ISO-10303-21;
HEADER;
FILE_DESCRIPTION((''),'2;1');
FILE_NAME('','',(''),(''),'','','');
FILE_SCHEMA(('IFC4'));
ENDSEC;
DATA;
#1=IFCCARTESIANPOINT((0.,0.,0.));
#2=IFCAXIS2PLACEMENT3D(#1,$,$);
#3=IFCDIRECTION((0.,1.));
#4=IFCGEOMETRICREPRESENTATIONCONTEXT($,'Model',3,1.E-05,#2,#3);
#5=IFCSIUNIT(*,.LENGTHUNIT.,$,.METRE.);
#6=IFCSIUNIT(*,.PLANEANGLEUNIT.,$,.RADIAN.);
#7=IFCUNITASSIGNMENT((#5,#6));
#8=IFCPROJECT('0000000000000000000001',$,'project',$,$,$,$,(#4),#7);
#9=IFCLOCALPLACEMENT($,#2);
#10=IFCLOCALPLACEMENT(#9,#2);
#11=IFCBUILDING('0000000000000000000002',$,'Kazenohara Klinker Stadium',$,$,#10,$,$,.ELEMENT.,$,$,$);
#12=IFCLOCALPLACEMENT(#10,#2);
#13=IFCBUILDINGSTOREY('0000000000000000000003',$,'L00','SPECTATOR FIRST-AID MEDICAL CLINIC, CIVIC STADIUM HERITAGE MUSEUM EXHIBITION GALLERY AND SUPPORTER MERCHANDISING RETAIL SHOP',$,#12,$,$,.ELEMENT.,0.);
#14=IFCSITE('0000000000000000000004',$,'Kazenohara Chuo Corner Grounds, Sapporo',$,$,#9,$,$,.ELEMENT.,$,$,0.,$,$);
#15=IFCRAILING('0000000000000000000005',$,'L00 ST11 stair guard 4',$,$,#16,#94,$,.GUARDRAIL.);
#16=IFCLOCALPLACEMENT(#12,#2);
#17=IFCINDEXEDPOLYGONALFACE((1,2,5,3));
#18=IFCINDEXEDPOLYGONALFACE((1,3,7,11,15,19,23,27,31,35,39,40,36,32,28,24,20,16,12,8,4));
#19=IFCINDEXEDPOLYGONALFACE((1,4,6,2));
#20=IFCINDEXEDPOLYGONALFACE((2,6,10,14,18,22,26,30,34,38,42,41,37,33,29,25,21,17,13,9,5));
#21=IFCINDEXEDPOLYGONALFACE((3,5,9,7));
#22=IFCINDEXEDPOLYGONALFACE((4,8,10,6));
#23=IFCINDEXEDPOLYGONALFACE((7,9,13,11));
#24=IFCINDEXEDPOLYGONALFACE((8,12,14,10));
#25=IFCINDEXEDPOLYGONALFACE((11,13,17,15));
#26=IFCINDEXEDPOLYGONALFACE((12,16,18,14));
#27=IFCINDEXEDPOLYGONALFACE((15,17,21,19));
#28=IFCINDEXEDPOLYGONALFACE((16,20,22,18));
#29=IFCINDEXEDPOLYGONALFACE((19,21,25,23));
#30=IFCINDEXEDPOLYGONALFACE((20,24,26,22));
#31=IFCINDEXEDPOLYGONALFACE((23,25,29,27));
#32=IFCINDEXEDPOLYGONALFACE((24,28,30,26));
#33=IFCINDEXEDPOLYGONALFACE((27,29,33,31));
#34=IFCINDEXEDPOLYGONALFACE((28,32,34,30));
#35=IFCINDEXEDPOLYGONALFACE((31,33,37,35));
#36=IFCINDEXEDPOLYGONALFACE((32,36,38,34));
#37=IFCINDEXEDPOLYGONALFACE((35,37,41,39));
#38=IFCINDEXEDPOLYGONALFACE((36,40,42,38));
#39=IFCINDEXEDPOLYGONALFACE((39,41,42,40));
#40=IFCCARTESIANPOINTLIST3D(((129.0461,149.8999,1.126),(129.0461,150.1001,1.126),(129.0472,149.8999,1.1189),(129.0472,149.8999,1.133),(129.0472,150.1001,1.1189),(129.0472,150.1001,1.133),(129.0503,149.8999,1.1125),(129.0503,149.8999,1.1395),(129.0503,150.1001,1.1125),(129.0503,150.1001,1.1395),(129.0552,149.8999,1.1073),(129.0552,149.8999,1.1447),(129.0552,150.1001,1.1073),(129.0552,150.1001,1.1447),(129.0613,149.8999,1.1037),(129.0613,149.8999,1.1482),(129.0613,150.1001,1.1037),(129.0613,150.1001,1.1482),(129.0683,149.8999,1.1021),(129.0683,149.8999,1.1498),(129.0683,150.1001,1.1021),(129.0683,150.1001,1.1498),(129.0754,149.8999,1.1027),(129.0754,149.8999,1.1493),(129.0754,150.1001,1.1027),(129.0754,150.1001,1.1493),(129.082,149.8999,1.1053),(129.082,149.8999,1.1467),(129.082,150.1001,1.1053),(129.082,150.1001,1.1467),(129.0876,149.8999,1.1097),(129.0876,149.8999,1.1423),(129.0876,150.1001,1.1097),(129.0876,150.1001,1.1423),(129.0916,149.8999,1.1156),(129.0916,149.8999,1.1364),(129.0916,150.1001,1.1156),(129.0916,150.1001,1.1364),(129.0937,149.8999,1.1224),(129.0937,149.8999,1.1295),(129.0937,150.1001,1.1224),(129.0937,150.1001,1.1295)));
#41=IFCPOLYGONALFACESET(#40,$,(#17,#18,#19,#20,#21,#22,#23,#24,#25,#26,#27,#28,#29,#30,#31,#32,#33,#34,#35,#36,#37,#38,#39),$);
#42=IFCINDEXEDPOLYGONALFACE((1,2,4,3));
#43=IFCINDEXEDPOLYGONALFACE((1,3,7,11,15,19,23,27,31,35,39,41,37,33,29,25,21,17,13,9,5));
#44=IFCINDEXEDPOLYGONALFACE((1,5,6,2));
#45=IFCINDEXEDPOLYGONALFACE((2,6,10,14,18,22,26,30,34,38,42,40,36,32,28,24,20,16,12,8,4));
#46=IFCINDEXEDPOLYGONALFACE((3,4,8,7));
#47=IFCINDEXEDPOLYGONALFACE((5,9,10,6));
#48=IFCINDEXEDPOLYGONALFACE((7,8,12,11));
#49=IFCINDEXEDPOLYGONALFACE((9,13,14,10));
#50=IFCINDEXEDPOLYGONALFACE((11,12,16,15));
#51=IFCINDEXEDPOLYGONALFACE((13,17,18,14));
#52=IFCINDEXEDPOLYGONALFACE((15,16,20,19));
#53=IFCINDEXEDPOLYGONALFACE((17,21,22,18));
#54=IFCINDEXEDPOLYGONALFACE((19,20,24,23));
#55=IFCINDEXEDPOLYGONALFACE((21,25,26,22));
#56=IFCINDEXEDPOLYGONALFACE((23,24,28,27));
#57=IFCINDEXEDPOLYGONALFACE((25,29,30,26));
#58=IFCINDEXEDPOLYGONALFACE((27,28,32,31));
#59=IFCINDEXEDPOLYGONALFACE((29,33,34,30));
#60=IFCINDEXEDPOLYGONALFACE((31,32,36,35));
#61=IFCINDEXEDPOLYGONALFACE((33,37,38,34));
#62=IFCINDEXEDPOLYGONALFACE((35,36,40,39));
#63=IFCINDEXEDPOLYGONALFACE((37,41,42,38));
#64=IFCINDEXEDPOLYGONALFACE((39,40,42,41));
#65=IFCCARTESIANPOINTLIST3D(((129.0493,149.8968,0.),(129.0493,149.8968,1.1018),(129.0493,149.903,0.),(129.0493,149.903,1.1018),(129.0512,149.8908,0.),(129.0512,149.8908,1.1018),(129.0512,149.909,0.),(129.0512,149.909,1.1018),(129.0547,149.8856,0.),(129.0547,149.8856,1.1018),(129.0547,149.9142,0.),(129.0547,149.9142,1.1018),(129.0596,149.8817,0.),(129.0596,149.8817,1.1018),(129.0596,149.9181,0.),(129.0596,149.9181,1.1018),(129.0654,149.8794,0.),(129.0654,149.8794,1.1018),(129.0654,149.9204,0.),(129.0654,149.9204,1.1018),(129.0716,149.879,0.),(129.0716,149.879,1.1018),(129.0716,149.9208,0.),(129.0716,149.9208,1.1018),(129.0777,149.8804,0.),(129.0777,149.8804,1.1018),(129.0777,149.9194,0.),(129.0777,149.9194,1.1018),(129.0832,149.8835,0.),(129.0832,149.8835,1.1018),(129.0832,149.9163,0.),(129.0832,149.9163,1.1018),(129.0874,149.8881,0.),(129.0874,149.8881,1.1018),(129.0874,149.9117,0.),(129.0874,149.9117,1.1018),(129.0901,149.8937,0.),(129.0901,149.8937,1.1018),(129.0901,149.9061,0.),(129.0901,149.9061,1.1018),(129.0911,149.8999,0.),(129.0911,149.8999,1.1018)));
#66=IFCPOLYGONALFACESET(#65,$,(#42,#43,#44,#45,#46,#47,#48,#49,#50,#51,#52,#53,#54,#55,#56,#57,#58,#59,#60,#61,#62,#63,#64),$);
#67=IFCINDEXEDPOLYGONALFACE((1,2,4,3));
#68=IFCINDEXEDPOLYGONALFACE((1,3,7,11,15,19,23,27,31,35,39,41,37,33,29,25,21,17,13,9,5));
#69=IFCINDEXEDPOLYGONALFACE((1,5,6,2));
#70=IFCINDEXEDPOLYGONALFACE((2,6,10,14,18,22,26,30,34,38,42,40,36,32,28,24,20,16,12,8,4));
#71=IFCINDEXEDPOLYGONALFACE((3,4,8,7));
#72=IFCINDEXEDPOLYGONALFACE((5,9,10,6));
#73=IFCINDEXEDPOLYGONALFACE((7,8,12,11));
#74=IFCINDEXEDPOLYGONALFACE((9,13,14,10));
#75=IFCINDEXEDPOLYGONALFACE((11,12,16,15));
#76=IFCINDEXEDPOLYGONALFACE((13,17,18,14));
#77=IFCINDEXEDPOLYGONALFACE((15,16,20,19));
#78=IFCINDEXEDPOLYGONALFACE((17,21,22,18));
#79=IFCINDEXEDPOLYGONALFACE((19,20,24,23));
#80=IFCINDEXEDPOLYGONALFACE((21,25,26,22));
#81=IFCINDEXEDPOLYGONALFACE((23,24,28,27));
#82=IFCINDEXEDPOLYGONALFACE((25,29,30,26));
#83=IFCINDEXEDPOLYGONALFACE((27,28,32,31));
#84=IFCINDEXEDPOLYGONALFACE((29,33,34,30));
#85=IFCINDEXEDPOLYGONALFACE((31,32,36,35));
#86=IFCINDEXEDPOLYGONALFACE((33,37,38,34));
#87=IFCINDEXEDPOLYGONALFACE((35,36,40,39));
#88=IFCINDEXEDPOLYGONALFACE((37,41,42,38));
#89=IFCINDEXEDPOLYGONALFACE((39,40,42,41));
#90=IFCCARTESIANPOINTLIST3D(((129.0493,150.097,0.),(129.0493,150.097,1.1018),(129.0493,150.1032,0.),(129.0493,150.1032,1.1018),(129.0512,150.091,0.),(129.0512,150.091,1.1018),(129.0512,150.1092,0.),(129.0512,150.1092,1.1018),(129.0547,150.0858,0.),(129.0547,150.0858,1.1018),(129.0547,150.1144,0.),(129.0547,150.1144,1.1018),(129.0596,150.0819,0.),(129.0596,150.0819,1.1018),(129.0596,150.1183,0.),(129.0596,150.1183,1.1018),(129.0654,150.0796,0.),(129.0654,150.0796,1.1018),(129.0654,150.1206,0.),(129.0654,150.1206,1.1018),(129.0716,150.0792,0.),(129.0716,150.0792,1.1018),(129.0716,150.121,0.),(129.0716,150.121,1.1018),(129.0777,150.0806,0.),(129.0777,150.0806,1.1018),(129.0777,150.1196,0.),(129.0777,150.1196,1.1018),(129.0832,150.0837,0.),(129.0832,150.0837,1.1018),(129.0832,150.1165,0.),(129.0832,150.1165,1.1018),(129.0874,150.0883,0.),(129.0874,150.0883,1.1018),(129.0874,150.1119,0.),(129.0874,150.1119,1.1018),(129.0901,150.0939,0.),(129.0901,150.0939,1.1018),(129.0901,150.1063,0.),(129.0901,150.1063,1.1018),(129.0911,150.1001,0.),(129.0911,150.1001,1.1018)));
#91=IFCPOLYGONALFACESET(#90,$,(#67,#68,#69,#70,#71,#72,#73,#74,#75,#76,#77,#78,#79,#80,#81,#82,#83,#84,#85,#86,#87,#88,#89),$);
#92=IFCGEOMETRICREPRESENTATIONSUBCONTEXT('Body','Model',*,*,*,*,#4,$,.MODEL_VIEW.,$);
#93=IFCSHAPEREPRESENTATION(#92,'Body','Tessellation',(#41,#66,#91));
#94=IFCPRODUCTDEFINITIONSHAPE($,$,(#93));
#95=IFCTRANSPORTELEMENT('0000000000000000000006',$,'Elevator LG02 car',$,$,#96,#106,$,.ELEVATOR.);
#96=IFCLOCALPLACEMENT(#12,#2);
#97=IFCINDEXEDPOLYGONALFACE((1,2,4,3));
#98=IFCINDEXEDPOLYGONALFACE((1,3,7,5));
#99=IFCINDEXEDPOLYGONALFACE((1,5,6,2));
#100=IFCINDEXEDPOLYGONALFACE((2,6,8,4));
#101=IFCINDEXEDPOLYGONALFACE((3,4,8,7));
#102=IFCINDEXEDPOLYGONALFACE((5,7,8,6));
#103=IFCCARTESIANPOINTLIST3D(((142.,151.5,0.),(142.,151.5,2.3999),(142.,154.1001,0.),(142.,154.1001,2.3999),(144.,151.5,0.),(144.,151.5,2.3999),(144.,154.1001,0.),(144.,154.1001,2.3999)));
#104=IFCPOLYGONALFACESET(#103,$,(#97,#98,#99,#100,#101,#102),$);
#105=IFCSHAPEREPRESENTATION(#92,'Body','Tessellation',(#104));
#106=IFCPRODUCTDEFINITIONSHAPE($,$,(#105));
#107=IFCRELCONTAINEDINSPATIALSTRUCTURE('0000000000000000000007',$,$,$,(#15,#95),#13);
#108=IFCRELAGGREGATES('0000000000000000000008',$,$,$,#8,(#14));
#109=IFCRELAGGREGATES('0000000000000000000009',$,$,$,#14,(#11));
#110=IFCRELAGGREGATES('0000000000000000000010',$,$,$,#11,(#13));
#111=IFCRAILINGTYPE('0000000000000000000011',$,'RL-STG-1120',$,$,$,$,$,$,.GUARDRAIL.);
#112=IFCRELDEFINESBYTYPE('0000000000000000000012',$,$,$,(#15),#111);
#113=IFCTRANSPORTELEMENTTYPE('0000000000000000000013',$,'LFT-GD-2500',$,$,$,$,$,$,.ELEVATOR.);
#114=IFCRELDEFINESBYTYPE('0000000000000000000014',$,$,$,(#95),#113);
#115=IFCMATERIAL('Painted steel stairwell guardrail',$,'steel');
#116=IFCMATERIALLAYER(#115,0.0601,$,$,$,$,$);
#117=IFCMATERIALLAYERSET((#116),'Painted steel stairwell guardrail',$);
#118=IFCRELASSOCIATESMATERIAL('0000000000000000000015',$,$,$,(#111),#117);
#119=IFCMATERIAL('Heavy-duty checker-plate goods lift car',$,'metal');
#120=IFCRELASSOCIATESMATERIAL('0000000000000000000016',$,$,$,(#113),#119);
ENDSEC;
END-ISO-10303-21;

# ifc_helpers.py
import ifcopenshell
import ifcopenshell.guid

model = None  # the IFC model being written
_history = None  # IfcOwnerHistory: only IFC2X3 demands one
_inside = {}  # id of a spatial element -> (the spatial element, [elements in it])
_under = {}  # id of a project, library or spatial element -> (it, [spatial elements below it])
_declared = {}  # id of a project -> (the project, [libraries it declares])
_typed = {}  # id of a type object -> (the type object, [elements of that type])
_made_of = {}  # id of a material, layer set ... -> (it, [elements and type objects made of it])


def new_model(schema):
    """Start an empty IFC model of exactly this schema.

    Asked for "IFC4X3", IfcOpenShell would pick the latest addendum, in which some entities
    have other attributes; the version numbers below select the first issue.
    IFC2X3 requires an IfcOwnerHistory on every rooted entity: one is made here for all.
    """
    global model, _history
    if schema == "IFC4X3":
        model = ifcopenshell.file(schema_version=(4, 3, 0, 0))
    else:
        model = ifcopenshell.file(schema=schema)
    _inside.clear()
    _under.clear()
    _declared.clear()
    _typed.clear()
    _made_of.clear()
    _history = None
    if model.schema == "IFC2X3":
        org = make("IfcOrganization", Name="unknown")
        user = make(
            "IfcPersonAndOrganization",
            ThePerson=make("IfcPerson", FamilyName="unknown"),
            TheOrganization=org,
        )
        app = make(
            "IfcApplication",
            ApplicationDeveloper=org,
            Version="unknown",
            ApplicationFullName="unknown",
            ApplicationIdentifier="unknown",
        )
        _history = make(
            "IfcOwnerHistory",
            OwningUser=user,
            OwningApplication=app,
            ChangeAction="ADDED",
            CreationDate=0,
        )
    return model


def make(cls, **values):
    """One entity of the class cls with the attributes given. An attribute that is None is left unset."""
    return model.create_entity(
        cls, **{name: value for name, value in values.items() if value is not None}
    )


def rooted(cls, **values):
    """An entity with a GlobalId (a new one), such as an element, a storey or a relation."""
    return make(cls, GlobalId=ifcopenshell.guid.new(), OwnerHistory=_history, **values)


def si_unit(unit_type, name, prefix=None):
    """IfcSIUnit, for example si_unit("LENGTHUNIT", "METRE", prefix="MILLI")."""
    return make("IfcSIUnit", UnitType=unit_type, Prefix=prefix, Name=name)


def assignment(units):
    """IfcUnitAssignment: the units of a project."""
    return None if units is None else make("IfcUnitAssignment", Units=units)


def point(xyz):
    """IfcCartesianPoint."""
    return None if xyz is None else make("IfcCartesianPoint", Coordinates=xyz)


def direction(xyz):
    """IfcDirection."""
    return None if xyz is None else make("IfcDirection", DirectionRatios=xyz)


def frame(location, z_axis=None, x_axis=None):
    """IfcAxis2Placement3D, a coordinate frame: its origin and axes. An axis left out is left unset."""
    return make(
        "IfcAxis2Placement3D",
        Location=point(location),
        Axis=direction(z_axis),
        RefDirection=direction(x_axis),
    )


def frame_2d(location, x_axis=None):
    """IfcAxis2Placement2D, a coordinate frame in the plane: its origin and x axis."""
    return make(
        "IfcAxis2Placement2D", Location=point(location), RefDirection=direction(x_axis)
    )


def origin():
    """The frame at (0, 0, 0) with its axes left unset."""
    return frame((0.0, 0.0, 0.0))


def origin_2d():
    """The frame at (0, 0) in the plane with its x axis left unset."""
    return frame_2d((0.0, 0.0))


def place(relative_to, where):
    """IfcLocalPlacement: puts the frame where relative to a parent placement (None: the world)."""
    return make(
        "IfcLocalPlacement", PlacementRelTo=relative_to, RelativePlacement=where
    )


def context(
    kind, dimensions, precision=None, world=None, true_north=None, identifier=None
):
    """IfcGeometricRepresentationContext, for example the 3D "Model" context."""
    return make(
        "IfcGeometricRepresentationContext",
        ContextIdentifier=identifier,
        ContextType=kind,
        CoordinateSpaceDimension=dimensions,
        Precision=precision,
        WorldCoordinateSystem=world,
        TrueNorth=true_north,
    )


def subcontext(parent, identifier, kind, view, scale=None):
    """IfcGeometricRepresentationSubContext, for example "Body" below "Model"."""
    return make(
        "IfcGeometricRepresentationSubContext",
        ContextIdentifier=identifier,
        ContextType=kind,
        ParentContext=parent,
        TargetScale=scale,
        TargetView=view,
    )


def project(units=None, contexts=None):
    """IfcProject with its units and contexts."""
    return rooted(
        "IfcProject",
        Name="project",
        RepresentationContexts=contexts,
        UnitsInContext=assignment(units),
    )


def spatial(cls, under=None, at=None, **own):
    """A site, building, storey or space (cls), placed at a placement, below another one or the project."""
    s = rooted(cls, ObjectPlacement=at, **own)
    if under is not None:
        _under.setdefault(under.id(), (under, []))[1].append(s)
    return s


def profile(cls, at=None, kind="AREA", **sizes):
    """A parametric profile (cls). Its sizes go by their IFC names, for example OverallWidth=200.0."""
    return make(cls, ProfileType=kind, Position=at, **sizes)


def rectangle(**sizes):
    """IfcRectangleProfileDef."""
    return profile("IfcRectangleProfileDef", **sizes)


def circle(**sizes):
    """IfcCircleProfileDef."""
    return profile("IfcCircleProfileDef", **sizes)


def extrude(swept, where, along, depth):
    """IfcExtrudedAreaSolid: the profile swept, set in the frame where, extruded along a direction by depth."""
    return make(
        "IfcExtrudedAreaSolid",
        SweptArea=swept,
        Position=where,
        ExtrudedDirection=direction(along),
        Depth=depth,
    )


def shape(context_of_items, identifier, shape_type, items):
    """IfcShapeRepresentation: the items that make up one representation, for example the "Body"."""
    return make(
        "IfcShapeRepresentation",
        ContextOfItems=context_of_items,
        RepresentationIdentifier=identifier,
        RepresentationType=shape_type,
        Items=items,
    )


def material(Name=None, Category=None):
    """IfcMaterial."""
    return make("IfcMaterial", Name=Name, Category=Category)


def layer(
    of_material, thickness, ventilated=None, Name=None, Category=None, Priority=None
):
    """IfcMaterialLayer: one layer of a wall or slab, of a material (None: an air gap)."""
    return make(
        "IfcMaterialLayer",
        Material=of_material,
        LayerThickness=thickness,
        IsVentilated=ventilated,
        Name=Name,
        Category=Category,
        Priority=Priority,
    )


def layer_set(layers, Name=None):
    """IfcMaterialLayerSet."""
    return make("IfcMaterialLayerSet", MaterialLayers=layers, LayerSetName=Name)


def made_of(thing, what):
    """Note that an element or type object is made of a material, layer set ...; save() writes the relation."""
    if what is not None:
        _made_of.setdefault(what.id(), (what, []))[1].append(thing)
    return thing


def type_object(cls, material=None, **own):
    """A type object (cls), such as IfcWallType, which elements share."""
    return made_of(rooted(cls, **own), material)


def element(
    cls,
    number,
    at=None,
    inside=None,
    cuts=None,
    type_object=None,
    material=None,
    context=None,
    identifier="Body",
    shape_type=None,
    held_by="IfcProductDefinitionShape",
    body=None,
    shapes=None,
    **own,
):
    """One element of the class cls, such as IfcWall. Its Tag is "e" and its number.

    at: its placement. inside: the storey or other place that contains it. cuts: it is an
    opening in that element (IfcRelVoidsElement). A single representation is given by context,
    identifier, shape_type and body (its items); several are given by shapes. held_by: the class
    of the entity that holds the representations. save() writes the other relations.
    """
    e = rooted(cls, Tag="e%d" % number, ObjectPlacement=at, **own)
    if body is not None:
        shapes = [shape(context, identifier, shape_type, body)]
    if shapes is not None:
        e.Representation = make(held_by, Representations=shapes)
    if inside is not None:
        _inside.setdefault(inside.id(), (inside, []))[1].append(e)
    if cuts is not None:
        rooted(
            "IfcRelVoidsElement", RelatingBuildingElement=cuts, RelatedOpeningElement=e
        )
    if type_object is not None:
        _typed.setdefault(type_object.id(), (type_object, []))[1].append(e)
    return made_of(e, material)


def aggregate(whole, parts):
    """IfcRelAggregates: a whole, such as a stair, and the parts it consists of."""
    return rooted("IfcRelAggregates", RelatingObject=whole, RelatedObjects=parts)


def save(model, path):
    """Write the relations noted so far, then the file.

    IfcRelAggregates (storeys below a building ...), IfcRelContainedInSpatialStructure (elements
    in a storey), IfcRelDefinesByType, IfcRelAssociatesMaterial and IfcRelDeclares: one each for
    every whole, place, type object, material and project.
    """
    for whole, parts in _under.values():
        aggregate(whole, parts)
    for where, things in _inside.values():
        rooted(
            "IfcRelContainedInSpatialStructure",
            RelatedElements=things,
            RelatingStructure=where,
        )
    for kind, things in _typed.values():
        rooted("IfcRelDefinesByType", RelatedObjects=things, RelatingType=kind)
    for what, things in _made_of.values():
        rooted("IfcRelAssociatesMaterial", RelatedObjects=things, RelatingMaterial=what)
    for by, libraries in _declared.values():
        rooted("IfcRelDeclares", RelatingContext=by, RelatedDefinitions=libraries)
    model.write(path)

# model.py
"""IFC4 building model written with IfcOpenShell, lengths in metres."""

from ifc_helpers import new_model, si_unit, direction, frame, origin, origin_2d, place, context, subcontext, project, spatial, rectangle, circle, extrude, material, layer, layer_set, type_object, element, save


model = new_model("IFC4")

# Units and contexts
model_context = context("Model", 3, precision=1e-05, world=origin(), true_north=direction((0.0, 1.0)))
body_context = subcontext(model_context, "Body", "Model", "MODEL_VIEW")
ifc_project = project(units=[si_unit("LENGTHUNIT", "METRE"), si_unit("PLANEANGLEUNIT", "RADIAN")], contexts=[model_context])

# Site, building, storey
site_placement = place(None, origin())
site = spatial("IfcSite", under=ifc_project, at=site_placement, Name="Kazenohara Chuo Corner Grounds, Sapporo", CompositionType="ELEMENT", RefElevation=0.0)
building_placement = place(site_placement, origin())
building = spatial("IfcBuilding", under=site, at=building_placement, Name="Kazenohara Klinker Stadium", CompositionType="ELEMENT")
storey_placement = place(building_placement, origin())
storey = spatial("IfcBuildingStorey", under=building, at=storey_placement, Name="L00", Description="SPECTATOR FIRST-AID MEDICAL CLINIC, CIVIC STADIUM HERITAGE MUSEUM EXHIBITION GALLERY AND SUPPORTER MERCHANDISING RETAIL SHOP", CompositionType="ELEMENT", Elevation=0.0)

# Railing
ifc_material_1 = material(Name="Painted steel stairwell guardrail", Category="steel")
ifc_layer_1 = layer(ifc_material_1, 0.0601)
ifc_layer_set_1 = layer_set([ifc_layer_1], Name="Painted steel stairwell guardrail")
railing_type_1 = type_object("IfcRailingType", Name="RL-STG-1120", PredefinedType="GUARDRAIL", material=ifc_layer_set_1)
railing_1_placement = place(storey_placement, frame((129.0701, 149.8999, 0.0)))
element("IfcRailing", 1, at=railing_1_placement, inside=storey, type_object=railing_type_1, Name="L00 ST11 stair guard 4", PredefinedType="GUARDRAIL", context=body_context, shape_type="SweptSolid", body=[
    extrude(circle(Radius=0.0239, at=origin_2d()), frame((0.0, 0.0, 1.126), z_axis=(0.0, 1.0, 0.0), x_axis=(-1.0, 0.0, 0.0)), (0.0, 0.0, 1.0), 0.2002),
    extrude(circle(Radius=0.021, at=origin_2d()), origin(), (0.0, 0.0, 1.0), 1.1018),
    extrude(circle(Radius=0.021, at=origin_2d()), frame((0.0, 0.2002, 0.0)), (0.0, 0.0, 1.0), 1.1018),
])

# Transport element
ifc_material_2 = material(Name="Heavy-duty checker-plate goods lift car", Category="metal")
transport_element_type = type_object("IfcTransportElementType", Name="LFT-GD-2500", PredefinedType="ELEVATOR", material=ifc_material_2)
transport_element_placement = place(storey_placement, frame((143.0, 152.8, 0.0), z_axis=(0.0, 0.0, 1.0), x_axis=(1.0, 0.0, 0.0)))
element("IfcTransportElement", 2, at=transport_element_placement, inside=storey, type_object=transport_element_type, Name="Elevator LG02 car", PredefinedType="ELEVATOR", context=body_context, shape_type="SweptSolid", body=[
    extrude(rectangle(XDim=2.0, YDim=2.6001, at=origin_2d()), origin(), (0.0, 0.0, 1.0), 2.3999),
])

save(model, "model.ifc")
